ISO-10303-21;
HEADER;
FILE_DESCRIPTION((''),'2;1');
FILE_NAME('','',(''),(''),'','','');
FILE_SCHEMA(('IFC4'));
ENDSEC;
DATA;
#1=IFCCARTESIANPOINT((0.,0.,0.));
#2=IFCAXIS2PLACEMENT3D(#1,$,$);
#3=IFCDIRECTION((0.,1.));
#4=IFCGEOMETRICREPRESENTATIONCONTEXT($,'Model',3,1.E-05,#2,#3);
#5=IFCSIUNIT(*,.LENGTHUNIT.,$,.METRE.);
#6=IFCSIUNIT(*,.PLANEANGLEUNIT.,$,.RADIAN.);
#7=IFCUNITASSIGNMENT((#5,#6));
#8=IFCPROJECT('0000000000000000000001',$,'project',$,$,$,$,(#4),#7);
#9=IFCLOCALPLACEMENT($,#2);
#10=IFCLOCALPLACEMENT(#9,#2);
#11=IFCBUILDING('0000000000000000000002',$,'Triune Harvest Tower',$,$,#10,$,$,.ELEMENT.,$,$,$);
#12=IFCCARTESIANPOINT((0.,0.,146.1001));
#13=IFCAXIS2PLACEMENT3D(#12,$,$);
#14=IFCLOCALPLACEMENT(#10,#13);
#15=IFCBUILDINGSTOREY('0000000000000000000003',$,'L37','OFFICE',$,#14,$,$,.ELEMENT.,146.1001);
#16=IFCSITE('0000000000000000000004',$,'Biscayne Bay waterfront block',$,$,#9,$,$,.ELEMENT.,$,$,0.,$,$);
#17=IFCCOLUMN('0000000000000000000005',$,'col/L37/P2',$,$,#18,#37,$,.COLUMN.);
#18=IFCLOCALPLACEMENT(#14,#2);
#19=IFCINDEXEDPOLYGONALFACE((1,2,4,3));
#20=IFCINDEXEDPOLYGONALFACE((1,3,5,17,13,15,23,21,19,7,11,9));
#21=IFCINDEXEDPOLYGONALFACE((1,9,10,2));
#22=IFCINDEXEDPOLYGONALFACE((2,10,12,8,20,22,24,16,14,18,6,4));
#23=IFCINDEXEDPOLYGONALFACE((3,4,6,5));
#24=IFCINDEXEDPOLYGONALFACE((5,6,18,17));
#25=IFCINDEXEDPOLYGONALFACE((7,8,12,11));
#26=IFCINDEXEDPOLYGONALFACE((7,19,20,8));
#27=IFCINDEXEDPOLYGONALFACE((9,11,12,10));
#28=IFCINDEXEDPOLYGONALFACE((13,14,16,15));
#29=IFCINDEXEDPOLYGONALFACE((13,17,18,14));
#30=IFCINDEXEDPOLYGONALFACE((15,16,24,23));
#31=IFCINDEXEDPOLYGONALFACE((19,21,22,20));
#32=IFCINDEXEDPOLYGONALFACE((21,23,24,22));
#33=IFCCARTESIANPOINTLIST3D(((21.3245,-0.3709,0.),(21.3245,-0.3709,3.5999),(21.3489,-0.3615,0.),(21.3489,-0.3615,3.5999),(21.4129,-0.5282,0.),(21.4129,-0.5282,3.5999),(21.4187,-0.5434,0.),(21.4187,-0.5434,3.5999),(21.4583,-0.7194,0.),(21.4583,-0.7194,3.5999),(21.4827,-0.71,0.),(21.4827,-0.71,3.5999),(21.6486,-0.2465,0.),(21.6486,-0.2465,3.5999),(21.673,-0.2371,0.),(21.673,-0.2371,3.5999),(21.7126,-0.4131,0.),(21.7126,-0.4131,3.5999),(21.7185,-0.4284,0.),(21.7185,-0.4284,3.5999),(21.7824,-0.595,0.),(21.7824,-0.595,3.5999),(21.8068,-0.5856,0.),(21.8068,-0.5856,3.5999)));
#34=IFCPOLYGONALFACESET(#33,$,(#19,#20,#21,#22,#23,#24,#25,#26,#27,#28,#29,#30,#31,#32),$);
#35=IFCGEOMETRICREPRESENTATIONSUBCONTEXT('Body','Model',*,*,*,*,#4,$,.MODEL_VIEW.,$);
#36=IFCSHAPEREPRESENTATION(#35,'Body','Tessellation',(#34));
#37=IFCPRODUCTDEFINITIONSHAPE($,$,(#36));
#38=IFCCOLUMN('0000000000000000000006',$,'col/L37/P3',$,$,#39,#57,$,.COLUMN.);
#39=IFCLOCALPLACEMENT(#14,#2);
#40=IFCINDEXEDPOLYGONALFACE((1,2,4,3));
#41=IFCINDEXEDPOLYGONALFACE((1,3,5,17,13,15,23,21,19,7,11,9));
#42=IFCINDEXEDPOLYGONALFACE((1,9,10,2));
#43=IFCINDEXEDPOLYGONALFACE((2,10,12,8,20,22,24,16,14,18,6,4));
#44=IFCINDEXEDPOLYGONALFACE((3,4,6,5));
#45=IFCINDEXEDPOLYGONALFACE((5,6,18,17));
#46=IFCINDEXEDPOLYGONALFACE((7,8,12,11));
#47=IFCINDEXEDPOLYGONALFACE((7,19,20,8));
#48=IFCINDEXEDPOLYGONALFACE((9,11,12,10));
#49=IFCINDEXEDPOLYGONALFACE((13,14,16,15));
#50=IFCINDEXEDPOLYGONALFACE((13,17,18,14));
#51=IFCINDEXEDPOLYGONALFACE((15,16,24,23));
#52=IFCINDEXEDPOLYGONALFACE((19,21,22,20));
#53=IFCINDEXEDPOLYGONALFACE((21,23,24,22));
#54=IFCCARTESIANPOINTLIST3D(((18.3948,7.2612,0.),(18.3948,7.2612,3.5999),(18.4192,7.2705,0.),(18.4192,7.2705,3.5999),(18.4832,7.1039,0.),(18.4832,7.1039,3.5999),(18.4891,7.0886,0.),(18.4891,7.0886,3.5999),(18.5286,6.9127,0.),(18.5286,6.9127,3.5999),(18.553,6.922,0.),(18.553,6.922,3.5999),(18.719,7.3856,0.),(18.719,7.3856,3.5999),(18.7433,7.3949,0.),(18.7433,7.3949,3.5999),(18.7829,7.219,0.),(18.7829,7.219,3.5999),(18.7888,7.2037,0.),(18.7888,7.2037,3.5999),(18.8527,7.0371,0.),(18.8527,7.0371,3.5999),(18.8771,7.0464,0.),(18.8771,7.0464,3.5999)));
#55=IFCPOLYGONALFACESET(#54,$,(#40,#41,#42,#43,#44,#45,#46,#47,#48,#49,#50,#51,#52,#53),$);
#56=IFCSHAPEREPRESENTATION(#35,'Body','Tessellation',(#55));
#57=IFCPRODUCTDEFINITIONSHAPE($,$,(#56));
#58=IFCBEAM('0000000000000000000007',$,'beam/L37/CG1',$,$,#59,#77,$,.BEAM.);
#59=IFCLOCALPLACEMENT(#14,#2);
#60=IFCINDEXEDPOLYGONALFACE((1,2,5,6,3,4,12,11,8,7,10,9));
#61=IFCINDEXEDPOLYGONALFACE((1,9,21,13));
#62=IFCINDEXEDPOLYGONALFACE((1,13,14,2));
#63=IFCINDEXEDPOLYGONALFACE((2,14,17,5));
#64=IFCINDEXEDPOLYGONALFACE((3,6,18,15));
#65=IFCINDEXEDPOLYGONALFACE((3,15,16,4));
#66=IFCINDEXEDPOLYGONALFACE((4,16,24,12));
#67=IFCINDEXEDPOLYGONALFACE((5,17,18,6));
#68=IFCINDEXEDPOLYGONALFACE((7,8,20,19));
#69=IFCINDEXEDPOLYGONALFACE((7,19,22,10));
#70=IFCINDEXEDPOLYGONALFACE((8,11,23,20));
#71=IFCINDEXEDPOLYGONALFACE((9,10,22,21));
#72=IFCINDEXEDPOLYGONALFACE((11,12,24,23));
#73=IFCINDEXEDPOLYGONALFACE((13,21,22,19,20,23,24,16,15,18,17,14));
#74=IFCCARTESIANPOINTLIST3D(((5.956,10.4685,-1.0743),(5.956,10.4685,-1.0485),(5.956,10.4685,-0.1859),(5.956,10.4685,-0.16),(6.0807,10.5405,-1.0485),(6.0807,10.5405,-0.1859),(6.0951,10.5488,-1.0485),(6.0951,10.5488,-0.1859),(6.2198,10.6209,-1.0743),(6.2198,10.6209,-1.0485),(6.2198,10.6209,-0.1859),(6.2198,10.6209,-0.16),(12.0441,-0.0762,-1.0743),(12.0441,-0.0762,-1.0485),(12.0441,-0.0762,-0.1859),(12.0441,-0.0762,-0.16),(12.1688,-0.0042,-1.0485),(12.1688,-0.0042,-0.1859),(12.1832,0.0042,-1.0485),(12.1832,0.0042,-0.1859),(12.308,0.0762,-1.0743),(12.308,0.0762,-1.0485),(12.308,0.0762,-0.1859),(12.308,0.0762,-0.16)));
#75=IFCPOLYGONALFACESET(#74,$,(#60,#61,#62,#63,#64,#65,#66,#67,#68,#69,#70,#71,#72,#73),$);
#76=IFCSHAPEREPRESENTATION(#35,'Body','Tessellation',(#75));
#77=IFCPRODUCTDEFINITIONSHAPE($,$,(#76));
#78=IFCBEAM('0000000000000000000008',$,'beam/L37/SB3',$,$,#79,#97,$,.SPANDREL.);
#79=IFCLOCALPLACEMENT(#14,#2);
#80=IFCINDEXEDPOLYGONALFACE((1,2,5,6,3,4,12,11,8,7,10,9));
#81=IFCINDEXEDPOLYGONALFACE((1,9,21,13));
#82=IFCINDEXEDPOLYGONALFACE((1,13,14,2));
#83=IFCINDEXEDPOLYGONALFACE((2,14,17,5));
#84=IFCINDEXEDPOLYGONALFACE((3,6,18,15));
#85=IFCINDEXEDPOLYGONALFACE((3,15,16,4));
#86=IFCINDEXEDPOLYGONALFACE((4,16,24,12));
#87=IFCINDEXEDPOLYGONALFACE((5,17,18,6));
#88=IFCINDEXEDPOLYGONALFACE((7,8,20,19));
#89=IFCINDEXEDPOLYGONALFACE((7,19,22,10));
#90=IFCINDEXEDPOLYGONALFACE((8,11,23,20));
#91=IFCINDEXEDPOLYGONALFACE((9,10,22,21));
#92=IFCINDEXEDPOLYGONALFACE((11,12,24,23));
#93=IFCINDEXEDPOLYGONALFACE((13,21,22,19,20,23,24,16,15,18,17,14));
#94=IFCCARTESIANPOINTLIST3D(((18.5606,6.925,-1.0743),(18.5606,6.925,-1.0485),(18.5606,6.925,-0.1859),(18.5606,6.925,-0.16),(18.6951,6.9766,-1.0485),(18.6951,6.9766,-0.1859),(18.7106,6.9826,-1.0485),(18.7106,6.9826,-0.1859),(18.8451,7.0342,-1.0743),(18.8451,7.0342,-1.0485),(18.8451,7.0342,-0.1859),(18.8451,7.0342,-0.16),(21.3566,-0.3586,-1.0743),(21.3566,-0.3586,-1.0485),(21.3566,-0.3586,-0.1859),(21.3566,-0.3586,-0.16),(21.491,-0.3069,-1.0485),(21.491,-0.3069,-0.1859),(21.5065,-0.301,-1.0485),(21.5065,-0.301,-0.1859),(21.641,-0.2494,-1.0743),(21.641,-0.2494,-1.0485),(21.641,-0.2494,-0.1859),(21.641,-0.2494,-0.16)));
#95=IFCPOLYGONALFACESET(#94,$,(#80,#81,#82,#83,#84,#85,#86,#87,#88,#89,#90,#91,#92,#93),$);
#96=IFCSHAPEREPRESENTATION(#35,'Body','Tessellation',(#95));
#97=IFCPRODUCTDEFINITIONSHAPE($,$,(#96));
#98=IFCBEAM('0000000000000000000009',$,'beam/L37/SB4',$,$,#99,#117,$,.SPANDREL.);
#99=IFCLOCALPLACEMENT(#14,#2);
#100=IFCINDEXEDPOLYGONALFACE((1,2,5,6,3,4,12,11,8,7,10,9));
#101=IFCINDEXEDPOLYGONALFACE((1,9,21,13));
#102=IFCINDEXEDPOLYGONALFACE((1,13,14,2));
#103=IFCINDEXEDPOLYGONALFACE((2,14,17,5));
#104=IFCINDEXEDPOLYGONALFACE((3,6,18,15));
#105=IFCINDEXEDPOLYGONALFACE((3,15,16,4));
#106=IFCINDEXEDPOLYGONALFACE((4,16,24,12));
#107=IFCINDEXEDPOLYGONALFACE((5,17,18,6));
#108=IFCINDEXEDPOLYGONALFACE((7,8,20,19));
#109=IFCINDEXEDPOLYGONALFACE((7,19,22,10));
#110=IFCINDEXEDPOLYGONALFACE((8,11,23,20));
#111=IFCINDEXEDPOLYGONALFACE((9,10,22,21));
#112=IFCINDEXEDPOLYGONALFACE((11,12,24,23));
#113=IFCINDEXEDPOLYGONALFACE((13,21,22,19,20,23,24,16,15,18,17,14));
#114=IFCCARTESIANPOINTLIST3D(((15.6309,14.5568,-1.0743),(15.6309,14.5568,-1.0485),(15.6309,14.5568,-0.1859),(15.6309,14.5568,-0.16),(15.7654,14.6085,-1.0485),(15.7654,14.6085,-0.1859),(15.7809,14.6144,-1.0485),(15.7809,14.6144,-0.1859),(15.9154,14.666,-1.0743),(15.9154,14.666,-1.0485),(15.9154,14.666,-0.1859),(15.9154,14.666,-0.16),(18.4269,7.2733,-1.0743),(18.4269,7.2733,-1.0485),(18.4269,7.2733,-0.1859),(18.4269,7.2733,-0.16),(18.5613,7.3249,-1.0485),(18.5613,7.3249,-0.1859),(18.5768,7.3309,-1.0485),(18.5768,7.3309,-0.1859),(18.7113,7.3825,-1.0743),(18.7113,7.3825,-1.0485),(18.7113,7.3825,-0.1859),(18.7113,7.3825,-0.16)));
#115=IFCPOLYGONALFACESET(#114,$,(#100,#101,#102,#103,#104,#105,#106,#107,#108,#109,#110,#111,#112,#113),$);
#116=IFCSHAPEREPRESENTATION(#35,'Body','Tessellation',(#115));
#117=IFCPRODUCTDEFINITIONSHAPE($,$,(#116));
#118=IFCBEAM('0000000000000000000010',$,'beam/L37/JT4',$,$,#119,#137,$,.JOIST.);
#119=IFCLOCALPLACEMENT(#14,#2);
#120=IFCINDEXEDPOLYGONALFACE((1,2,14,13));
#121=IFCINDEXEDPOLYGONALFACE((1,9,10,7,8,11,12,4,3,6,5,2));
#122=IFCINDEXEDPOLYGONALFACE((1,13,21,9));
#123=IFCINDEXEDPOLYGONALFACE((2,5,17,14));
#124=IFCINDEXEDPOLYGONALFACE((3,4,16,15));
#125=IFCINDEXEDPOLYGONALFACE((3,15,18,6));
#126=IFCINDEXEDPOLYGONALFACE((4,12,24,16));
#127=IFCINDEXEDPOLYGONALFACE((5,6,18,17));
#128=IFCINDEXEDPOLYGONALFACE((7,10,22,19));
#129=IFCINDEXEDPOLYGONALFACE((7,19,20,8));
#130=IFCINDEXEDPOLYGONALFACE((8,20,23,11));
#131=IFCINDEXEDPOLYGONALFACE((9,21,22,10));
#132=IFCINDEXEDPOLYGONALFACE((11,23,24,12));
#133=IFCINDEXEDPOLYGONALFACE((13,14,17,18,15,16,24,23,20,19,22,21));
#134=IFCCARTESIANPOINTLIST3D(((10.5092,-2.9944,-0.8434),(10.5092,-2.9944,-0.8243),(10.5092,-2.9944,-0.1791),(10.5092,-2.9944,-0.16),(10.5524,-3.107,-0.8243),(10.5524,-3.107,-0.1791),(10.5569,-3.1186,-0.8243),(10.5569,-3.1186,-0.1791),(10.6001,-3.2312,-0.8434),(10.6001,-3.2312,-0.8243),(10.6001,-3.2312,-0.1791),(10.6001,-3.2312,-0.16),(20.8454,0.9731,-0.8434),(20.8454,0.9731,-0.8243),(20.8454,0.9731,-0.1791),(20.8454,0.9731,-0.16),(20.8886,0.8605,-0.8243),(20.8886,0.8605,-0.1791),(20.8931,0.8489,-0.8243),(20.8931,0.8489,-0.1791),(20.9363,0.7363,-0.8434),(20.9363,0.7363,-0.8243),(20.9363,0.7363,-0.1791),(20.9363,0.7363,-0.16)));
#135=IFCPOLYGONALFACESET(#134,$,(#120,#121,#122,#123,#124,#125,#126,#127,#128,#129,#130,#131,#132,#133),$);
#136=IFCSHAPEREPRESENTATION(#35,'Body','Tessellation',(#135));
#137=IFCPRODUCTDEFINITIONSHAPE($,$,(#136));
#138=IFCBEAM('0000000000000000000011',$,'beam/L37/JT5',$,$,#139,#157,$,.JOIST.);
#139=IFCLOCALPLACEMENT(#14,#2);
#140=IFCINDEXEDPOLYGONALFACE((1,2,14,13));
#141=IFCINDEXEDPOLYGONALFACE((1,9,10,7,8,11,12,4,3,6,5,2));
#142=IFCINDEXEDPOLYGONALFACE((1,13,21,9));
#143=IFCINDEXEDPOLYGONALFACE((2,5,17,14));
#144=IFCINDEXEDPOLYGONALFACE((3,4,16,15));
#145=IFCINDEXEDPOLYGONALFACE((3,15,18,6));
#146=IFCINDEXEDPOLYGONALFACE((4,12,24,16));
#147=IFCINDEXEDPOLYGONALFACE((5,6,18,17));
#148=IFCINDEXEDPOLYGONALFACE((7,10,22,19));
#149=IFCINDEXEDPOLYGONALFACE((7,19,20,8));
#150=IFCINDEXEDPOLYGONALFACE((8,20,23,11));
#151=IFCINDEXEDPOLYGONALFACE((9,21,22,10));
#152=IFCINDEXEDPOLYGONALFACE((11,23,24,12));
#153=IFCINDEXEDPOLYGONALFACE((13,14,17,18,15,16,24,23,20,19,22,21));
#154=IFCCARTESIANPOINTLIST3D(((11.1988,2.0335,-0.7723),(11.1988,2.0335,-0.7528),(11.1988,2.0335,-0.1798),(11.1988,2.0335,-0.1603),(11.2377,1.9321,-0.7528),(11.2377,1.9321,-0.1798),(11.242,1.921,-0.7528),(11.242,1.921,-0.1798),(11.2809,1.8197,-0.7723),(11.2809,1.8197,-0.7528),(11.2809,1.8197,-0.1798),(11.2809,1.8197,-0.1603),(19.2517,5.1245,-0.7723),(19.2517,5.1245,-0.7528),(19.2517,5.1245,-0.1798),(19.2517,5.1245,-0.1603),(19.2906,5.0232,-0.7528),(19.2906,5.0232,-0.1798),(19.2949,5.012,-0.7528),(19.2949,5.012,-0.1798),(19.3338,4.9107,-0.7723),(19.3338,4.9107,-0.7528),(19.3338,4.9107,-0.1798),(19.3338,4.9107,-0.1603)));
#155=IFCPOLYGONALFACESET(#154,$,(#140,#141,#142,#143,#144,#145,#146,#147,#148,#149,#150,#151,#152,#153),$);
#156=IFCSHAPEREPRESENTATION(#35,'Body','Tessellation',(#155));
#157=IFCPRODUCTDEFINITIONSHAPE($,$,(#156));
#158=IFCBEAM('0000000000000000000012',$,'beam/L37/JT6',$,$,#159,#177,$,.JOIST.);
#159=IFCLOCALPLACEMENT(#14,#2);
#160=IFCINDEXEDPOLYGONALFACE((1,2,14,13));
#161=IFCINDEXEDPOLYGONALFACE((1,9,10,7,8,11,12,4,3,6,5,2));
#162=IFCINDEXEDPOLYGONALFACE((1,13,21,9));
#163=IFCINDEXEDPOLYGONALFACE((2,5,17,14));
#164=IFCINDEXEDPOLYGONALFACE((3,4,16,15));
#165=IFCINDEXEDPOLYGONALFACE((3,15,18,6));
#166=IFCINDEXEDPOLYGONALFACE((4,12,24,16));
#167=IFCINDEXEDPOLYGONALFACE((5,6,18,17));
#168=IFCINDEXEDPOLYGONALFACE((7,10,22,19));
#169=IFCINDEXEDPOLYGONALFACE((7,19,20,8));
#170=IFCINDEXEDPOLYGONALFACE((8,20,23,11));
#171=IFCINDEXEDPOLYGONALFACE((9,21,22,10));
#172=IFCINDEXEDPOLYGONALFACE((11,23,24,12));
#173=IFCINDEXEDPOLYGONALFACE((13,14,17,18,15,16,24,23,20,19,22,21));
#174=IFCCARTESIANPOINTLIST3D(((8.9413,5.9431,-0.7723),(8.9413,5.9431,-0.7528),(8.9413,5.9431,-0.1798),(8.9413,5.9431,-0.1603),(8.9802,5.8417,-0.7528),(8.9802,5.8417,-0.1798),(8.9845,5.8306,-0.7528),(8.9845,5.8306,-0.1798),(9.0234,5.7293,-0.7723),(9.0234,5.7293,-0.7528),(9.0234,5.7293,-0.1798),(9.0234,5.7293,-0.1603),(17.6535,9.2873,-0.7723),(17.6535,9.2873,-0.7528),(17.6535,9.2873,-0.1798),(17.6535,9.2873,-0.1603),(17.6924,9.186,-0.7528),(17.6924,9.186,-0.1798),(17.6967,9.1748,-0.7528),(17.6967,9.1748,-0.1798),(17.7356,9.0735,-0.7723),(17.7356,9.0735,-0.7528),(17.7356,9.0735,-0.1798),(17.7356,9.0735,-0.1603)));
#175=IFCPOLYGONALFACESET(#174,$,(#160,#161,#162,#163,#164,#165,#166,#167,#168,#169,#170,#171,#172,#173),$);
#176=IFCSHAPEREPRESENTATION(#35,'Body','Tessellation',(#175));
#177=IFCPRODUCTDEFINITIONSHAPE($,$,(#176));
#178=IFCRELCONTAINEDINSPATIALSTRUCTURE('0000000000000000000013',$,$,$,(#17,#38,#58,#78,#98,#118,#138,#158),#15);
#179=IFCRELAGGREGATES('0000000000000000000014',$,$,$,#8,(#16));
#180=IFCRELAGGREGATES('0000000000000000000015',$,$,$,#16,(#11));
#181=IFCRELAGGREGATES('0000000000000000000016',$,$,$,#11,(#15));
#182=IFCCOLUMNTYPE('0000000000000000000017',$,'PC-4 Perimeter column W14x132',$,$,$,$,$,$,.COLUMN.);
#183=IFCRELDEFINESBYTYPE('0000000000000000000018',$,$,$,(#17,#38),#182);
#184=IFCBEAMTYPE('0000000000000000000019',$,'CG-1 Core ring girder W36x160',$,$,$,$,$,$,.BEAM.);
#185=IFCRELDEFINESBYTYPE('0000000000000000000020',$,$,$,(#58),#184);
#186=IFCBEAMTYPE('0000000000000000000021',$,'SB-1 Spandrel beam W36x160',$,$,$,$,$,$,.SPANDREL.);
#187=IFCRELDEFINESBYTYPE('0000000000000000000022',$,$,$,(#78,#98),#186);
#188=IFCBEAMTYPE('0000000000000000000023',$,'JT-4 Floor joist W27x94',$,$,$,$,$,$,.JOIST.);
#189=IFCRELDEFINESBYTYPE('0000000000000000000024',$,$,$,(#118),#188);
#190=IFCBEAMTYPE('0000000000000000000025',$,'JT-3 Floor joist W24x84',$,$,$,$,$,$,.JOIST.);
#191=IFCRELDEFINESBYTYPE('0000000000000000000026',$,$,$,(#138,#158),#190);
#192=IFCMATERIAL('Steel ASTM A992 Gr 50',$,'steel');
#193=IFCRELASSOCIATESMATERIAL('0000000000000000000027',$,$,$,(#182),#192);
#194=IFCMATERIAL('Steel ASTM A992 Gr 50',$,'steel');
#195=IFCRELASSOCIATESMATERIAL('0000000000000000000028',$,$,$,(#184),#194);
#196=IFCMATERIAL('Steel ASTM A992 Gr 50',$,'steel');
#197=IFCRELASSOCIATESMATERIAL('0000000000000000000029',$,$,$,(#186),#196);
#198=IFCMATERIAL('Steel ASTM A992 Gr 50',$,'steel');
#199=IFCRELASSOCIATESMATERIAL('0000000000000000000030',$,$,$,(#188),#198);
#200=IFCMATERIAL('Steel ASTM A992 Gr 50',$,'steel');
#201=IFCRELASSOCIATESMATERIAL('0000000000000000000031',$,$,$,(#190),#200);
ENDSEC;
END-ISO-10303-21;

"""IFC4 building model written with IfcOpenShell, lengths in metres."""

from ifc_helpers import new_model, si_unit, direction, frame, origin, origin_2d, place, context, subcontext, project, spatial, i_section, extrude, source, transform, mapped, material, material_profile, profile_set, type_object, element, save


model = new_model("IFC4")

# Units and contexts
model_context = context("Model", 3, precision=1e-05, world=origin(), true_north=direction((0.0, 1.0)))
body_context = subcontext(model_context, "Body", "Model", "MODEL_VIEW")
ifc_project = project(units=[si_unit("LENGTHUNIT", "METRE"), si_unit("PLANEANGLEUNIT", "RADIAN")], contexts=[model_context])

# Site, building, storey
site_placement = place(None, origin())
site = spatial("IfcSite", under=ifc_project, at=site_placement, Name="Biscayne Bay waterfront block", CompositionType="ELEMENT", RefElevation=0.0)
building_placement = place(site_placement, origin())
building = spatial("IfcBuilding", under=site, at=building_placement, Name="Triune Harvest Tower", CompositionType="ELEMENT")
storey_placement = place(building_placement, frame((0.0, 0.0, 146.1001)))
storey = spatial("IfcBuildingStorey", under=building, at=storey_placement, Name="L37", Description="OFFICE", CompositionType="ELEMENT", Elevation=146.1001)

# Columns
ifc_material_1 = material(Name="Steel ASTM A992 Gr 50", Category="steel")
ifc_material_profile_1 = material_profile(ifc_material_1, i_section(OverallWidth=0.3733, OverallDepth=0.3733, WebThickness=0.0164, FlangeThickness=0.0261, at=origin_2d()), Name="W14x132")
ifc_profile_set_1 = profile_set([ifc_material_profile_1], Name="Steel ASTM A992 Gr 50")
column_type = type_object("IfcColumnType", Name="PC-4 Perimeter column W14x132", PredefinedType="COLUMN", material=ifc_profile_set_1)
shared_shape_1 = source(origin(), body_context, "Body", "SweptSolid", [
    extrude(i_section(OverallWidth=0.3733, OverallDepth=0.3733, WebThickness=0.0164, FlangeThickness=0.0261, at=origin_2d()), origin(), (0.0, 0.0, 1.0), 3.5999),
])
for number, where, z_axis, x_axis, name in (
    (1, (21.5657, -0.4783, 0.0), (0.0, 0.0, 1.0), (-0.358368, 0.93358, 0.0), "col/L37/P2"),
    (2, (18.636, 7.1538, 0.0), (0.0, 0.0, 1.0), (-0.358368, 0.93358, 0.0), "col/L37/P3"),
):
    element("IfcColumn", number, at=place(storey_placement, frame(where, z_axis=z_axis, x_axis=x_axis)), inside=storey, type_object=column_type, Name=name, PredefinedType="COLUMN", context=body_context, shape_type="MappedRepresentation", body=[
        mapped(shared_shape_1, transform((0.0, 0.0, 0.0), scale=1.0)),
    ])

# Beams
ifc_material_2 = material(Name="Steel ASTM A992 Gr 50", Category="steel")
ifc_material_profile_2 = material_profile(ifc_material_2, i_section(OverallWidth=0.3047, OverallDepth=0.9143, WebThickness=0.0166, FlangeThickness=0.0259, at=origin_2d()), Name="W36x160")
ifc_profile_set_2 = profile_set([ifc_material_profile_2], Name="Steel ASTM A992 Gr 50")
beam_type_1 = type_object("IfcBeamType", Name="CG-1 Core ring girder W36x160", PredefinedType="BEAM", material=ifc_profile_set_2)
shared_shape_2 = source(origin(), body_context, "Body", "SweptSolid", [
    extrude(i_section(OverallWidth=0.3047, OverallDepth=0.9143, WebThickness=0.0166, FlangeThickness=0.0259, at=origin_2d()), origin(), (0.0, 0.0, 1.0), 12.176),
])
beam_1_placement = place(storey_placement, frame((12.176, 0.0, -0.6172), z_axis=(-0.50001, 0.86602, 0.0), x_axis=(-0.86602, -0.50001, 0.0)))
element("IfcBeam", 3, at=beam_1_placement, inside=storey, type_object=beam_type_1, Name="beam/L37/CG1", PredefinedType="BEAM", context=body_context, shape_type="MappedRepresentation", body=[
    mapped(shared_shape_2, transform((0.0, 0.0, 0.0), scale=1.0)),
])
ifc_material_3 = material(Name="Steel ASTM A992 Gr 50", Category="steel")
ifc_material_profile_3 = material_profile(ifc_material_3, i_section(OverallWidth=0.3047, OverallDepth=0.9143, WebThickness=0.0166, FlangeThickness=0.0259, at=origin_2d()), Name="W36x160")
ifc_profile_set_3 = profile_set([ifc_material_profile_3], Name="Steel ASTM A992 Gr 50")
beam_type_2 = type_object("IfcBeamType", Name="SB-1 Spandrel beam W36x160", PredefinedType="SPANDREL", material=ifc_profile_set_3)
shared_shape_3 = source(origin(), body_context, "Body", "SweptSolid", [
    extrude(i_section(OverallWidth=0.3047, OverallDepth=0.9143, WebThickness=0.0166, FlangeThickness=0.0259, at=origin_2d()), origin(), (0.0, 0.0, 1.0), 7.8018),
])
for number, where, z_axis, x_axis, name in (
    (4, (21.4988, -0.304, -0.6172), (-0.358373, 0.933578, 0.0), (-0.933578, -0.358373, 0.0), "beam/L37/SB3"),
    (5, (18.5691, 7.3279, -0.6172), (-0.358373, 0.933578, 0.0), (-0.933578, -0.358373, 0.0), "beam/L37/SB4"),
):
    element("IfcBeam", number, at=place(storey_placement, frame(where, z_axis=z_axis, x_axis=x_axis)), inside=storey, type_object=beam_type_2, Name=name, PredefinedType="SPANDREL", context=body_context, shape_type="MappedRepresentation", body=[
        mapped(shared_shape_3, transform((0.0, 0.0, 0.0), scale=1.0)),
    ])
ifc_material_4 = material(Name="Steel ASTM A992 Gr 50", Category="steel")
ifc_material_profile_4 = material_profile(ifc_material_4, i_section(OverallWidth=0.2537, OverallDepth=0.6833, WebThickness=0.0125, FlangeThickness=0.019, at=origin_2d()), Name="W27x94")
ifc_profile_set_4 = profile_set([ifc_material_profile_4], Name="Steel ASTM A992 Gr 50")
beam_type_3 = type_object("IfcBeamType", Name="JT-4 Floor joist W27x94", PredefinedType="JOIST", material=ifc_profile_set_4)
shared_shape_4 = source(origin(), body_context, "Body", "SweptSolid", [
    extrude(i_section(OverallWidth=0.2537, OverallDepth=0.6833, WebThickness=0.0125, FlangeThickness=0.019, at=origin_2d()), origin(), (0.0, 0.0, 1.0), 11.0715),
])
beam_2_placement = place(storey_placement, frame((20.8909, 0.8547, -0.5017), z_axis=(-0.933585, -0.358355, 0.0), x_axis=(0.358355, -0.933585, 0.0)))
element("IfcBeam", 6, at=beam_2_placement, inside=storey, type_object=beam_type_3, Name="beam/L37/JT4", PredefinedType="JOIST", context=body_context, shape_type="MappedRepresentation", body=[
    mapped(shared_shape_4, transform((0.0, 0.0, 0.0), scale=1.0)),
])
ifc_material_5 = material(Name="Steel ASTM A992 Gr 50", Category="steel")
ifc_material_profile_5 = material_profile(ifc_material_5, i_section(OverallWidth=0.229, OverallDepth=0.6121, WebThickness=0.012, FlangeThickness=0.0195, at=origin_2d()), Name="W24x84")
ifc_profile_set_5 = profile_set([ifc_material_profile_5], Name="Steel ASTM A992 Gr 50")
beam_type_4 = type_object("IfcBeamType", Name="JT-3 Floor joist W24x84", PredefinedType="JOIST", material=ifc_profile_set_5)
shared_shape_5 = source(origin(), body_context, "Body", "SweptSolid", [
    extrude(i_section(OverallWidth=0.229, OverallDepth=0.6121, WebThickness=0.012, FlangeThickness=0.0195, at=origin_2d()), origin(), (0.0, 0.0, 1.0), 8.6257),
])
beam_3_placement = place(storey_placement, frame((19.2927, 5.0176, -0.4663), z_axis=(-0.933588, -0.358349, 0.0), x_axis=(0.358349, -0.933588, 0.0)))
element("IfcBeam", 7, at=beam_3_placement, inside=storey, type_object=beam_type_4, Name="beam/L37/JT5", PredefinedType="JOIST", context=body_context, shape_type="MappedRepresentation", body=[
    mapped(shared_shape_5, transform((0.0, 0.0, 0.0), scale=1.0)),
])
shared_shape_6 = source(origin(), body_context, "Body", "SweptSolid", [
    extrude(i_section(OverallWidth=0.229, OverallDepth=0.6121, WebThickness=0.012, FlangeThickness=0.0195, at=origin_2d()), origin(), (0.0, 0.0, 1.0), 9.332),
])
beam_4_placement = place(storey_placement, frame((17.6946, 9.1804, -0.4663), z_axis=(-0.933582, -0.358364, 0.0), x_axis=(0.358364, -0.933582, 0.0)))
element("IfcBeam", 8, at=beam_4_placement, inside=storey, type_object=beam_type_4, Name="beam/L37/JT6", PredefinedType="JOIST", context=body_context, shape_type="MappedRepresentation", body=[
    mapped(shared_shape_6, transform((0.0, 0.0, 0.0), scale=1.0)),
])

save(model, "model.ifc")
